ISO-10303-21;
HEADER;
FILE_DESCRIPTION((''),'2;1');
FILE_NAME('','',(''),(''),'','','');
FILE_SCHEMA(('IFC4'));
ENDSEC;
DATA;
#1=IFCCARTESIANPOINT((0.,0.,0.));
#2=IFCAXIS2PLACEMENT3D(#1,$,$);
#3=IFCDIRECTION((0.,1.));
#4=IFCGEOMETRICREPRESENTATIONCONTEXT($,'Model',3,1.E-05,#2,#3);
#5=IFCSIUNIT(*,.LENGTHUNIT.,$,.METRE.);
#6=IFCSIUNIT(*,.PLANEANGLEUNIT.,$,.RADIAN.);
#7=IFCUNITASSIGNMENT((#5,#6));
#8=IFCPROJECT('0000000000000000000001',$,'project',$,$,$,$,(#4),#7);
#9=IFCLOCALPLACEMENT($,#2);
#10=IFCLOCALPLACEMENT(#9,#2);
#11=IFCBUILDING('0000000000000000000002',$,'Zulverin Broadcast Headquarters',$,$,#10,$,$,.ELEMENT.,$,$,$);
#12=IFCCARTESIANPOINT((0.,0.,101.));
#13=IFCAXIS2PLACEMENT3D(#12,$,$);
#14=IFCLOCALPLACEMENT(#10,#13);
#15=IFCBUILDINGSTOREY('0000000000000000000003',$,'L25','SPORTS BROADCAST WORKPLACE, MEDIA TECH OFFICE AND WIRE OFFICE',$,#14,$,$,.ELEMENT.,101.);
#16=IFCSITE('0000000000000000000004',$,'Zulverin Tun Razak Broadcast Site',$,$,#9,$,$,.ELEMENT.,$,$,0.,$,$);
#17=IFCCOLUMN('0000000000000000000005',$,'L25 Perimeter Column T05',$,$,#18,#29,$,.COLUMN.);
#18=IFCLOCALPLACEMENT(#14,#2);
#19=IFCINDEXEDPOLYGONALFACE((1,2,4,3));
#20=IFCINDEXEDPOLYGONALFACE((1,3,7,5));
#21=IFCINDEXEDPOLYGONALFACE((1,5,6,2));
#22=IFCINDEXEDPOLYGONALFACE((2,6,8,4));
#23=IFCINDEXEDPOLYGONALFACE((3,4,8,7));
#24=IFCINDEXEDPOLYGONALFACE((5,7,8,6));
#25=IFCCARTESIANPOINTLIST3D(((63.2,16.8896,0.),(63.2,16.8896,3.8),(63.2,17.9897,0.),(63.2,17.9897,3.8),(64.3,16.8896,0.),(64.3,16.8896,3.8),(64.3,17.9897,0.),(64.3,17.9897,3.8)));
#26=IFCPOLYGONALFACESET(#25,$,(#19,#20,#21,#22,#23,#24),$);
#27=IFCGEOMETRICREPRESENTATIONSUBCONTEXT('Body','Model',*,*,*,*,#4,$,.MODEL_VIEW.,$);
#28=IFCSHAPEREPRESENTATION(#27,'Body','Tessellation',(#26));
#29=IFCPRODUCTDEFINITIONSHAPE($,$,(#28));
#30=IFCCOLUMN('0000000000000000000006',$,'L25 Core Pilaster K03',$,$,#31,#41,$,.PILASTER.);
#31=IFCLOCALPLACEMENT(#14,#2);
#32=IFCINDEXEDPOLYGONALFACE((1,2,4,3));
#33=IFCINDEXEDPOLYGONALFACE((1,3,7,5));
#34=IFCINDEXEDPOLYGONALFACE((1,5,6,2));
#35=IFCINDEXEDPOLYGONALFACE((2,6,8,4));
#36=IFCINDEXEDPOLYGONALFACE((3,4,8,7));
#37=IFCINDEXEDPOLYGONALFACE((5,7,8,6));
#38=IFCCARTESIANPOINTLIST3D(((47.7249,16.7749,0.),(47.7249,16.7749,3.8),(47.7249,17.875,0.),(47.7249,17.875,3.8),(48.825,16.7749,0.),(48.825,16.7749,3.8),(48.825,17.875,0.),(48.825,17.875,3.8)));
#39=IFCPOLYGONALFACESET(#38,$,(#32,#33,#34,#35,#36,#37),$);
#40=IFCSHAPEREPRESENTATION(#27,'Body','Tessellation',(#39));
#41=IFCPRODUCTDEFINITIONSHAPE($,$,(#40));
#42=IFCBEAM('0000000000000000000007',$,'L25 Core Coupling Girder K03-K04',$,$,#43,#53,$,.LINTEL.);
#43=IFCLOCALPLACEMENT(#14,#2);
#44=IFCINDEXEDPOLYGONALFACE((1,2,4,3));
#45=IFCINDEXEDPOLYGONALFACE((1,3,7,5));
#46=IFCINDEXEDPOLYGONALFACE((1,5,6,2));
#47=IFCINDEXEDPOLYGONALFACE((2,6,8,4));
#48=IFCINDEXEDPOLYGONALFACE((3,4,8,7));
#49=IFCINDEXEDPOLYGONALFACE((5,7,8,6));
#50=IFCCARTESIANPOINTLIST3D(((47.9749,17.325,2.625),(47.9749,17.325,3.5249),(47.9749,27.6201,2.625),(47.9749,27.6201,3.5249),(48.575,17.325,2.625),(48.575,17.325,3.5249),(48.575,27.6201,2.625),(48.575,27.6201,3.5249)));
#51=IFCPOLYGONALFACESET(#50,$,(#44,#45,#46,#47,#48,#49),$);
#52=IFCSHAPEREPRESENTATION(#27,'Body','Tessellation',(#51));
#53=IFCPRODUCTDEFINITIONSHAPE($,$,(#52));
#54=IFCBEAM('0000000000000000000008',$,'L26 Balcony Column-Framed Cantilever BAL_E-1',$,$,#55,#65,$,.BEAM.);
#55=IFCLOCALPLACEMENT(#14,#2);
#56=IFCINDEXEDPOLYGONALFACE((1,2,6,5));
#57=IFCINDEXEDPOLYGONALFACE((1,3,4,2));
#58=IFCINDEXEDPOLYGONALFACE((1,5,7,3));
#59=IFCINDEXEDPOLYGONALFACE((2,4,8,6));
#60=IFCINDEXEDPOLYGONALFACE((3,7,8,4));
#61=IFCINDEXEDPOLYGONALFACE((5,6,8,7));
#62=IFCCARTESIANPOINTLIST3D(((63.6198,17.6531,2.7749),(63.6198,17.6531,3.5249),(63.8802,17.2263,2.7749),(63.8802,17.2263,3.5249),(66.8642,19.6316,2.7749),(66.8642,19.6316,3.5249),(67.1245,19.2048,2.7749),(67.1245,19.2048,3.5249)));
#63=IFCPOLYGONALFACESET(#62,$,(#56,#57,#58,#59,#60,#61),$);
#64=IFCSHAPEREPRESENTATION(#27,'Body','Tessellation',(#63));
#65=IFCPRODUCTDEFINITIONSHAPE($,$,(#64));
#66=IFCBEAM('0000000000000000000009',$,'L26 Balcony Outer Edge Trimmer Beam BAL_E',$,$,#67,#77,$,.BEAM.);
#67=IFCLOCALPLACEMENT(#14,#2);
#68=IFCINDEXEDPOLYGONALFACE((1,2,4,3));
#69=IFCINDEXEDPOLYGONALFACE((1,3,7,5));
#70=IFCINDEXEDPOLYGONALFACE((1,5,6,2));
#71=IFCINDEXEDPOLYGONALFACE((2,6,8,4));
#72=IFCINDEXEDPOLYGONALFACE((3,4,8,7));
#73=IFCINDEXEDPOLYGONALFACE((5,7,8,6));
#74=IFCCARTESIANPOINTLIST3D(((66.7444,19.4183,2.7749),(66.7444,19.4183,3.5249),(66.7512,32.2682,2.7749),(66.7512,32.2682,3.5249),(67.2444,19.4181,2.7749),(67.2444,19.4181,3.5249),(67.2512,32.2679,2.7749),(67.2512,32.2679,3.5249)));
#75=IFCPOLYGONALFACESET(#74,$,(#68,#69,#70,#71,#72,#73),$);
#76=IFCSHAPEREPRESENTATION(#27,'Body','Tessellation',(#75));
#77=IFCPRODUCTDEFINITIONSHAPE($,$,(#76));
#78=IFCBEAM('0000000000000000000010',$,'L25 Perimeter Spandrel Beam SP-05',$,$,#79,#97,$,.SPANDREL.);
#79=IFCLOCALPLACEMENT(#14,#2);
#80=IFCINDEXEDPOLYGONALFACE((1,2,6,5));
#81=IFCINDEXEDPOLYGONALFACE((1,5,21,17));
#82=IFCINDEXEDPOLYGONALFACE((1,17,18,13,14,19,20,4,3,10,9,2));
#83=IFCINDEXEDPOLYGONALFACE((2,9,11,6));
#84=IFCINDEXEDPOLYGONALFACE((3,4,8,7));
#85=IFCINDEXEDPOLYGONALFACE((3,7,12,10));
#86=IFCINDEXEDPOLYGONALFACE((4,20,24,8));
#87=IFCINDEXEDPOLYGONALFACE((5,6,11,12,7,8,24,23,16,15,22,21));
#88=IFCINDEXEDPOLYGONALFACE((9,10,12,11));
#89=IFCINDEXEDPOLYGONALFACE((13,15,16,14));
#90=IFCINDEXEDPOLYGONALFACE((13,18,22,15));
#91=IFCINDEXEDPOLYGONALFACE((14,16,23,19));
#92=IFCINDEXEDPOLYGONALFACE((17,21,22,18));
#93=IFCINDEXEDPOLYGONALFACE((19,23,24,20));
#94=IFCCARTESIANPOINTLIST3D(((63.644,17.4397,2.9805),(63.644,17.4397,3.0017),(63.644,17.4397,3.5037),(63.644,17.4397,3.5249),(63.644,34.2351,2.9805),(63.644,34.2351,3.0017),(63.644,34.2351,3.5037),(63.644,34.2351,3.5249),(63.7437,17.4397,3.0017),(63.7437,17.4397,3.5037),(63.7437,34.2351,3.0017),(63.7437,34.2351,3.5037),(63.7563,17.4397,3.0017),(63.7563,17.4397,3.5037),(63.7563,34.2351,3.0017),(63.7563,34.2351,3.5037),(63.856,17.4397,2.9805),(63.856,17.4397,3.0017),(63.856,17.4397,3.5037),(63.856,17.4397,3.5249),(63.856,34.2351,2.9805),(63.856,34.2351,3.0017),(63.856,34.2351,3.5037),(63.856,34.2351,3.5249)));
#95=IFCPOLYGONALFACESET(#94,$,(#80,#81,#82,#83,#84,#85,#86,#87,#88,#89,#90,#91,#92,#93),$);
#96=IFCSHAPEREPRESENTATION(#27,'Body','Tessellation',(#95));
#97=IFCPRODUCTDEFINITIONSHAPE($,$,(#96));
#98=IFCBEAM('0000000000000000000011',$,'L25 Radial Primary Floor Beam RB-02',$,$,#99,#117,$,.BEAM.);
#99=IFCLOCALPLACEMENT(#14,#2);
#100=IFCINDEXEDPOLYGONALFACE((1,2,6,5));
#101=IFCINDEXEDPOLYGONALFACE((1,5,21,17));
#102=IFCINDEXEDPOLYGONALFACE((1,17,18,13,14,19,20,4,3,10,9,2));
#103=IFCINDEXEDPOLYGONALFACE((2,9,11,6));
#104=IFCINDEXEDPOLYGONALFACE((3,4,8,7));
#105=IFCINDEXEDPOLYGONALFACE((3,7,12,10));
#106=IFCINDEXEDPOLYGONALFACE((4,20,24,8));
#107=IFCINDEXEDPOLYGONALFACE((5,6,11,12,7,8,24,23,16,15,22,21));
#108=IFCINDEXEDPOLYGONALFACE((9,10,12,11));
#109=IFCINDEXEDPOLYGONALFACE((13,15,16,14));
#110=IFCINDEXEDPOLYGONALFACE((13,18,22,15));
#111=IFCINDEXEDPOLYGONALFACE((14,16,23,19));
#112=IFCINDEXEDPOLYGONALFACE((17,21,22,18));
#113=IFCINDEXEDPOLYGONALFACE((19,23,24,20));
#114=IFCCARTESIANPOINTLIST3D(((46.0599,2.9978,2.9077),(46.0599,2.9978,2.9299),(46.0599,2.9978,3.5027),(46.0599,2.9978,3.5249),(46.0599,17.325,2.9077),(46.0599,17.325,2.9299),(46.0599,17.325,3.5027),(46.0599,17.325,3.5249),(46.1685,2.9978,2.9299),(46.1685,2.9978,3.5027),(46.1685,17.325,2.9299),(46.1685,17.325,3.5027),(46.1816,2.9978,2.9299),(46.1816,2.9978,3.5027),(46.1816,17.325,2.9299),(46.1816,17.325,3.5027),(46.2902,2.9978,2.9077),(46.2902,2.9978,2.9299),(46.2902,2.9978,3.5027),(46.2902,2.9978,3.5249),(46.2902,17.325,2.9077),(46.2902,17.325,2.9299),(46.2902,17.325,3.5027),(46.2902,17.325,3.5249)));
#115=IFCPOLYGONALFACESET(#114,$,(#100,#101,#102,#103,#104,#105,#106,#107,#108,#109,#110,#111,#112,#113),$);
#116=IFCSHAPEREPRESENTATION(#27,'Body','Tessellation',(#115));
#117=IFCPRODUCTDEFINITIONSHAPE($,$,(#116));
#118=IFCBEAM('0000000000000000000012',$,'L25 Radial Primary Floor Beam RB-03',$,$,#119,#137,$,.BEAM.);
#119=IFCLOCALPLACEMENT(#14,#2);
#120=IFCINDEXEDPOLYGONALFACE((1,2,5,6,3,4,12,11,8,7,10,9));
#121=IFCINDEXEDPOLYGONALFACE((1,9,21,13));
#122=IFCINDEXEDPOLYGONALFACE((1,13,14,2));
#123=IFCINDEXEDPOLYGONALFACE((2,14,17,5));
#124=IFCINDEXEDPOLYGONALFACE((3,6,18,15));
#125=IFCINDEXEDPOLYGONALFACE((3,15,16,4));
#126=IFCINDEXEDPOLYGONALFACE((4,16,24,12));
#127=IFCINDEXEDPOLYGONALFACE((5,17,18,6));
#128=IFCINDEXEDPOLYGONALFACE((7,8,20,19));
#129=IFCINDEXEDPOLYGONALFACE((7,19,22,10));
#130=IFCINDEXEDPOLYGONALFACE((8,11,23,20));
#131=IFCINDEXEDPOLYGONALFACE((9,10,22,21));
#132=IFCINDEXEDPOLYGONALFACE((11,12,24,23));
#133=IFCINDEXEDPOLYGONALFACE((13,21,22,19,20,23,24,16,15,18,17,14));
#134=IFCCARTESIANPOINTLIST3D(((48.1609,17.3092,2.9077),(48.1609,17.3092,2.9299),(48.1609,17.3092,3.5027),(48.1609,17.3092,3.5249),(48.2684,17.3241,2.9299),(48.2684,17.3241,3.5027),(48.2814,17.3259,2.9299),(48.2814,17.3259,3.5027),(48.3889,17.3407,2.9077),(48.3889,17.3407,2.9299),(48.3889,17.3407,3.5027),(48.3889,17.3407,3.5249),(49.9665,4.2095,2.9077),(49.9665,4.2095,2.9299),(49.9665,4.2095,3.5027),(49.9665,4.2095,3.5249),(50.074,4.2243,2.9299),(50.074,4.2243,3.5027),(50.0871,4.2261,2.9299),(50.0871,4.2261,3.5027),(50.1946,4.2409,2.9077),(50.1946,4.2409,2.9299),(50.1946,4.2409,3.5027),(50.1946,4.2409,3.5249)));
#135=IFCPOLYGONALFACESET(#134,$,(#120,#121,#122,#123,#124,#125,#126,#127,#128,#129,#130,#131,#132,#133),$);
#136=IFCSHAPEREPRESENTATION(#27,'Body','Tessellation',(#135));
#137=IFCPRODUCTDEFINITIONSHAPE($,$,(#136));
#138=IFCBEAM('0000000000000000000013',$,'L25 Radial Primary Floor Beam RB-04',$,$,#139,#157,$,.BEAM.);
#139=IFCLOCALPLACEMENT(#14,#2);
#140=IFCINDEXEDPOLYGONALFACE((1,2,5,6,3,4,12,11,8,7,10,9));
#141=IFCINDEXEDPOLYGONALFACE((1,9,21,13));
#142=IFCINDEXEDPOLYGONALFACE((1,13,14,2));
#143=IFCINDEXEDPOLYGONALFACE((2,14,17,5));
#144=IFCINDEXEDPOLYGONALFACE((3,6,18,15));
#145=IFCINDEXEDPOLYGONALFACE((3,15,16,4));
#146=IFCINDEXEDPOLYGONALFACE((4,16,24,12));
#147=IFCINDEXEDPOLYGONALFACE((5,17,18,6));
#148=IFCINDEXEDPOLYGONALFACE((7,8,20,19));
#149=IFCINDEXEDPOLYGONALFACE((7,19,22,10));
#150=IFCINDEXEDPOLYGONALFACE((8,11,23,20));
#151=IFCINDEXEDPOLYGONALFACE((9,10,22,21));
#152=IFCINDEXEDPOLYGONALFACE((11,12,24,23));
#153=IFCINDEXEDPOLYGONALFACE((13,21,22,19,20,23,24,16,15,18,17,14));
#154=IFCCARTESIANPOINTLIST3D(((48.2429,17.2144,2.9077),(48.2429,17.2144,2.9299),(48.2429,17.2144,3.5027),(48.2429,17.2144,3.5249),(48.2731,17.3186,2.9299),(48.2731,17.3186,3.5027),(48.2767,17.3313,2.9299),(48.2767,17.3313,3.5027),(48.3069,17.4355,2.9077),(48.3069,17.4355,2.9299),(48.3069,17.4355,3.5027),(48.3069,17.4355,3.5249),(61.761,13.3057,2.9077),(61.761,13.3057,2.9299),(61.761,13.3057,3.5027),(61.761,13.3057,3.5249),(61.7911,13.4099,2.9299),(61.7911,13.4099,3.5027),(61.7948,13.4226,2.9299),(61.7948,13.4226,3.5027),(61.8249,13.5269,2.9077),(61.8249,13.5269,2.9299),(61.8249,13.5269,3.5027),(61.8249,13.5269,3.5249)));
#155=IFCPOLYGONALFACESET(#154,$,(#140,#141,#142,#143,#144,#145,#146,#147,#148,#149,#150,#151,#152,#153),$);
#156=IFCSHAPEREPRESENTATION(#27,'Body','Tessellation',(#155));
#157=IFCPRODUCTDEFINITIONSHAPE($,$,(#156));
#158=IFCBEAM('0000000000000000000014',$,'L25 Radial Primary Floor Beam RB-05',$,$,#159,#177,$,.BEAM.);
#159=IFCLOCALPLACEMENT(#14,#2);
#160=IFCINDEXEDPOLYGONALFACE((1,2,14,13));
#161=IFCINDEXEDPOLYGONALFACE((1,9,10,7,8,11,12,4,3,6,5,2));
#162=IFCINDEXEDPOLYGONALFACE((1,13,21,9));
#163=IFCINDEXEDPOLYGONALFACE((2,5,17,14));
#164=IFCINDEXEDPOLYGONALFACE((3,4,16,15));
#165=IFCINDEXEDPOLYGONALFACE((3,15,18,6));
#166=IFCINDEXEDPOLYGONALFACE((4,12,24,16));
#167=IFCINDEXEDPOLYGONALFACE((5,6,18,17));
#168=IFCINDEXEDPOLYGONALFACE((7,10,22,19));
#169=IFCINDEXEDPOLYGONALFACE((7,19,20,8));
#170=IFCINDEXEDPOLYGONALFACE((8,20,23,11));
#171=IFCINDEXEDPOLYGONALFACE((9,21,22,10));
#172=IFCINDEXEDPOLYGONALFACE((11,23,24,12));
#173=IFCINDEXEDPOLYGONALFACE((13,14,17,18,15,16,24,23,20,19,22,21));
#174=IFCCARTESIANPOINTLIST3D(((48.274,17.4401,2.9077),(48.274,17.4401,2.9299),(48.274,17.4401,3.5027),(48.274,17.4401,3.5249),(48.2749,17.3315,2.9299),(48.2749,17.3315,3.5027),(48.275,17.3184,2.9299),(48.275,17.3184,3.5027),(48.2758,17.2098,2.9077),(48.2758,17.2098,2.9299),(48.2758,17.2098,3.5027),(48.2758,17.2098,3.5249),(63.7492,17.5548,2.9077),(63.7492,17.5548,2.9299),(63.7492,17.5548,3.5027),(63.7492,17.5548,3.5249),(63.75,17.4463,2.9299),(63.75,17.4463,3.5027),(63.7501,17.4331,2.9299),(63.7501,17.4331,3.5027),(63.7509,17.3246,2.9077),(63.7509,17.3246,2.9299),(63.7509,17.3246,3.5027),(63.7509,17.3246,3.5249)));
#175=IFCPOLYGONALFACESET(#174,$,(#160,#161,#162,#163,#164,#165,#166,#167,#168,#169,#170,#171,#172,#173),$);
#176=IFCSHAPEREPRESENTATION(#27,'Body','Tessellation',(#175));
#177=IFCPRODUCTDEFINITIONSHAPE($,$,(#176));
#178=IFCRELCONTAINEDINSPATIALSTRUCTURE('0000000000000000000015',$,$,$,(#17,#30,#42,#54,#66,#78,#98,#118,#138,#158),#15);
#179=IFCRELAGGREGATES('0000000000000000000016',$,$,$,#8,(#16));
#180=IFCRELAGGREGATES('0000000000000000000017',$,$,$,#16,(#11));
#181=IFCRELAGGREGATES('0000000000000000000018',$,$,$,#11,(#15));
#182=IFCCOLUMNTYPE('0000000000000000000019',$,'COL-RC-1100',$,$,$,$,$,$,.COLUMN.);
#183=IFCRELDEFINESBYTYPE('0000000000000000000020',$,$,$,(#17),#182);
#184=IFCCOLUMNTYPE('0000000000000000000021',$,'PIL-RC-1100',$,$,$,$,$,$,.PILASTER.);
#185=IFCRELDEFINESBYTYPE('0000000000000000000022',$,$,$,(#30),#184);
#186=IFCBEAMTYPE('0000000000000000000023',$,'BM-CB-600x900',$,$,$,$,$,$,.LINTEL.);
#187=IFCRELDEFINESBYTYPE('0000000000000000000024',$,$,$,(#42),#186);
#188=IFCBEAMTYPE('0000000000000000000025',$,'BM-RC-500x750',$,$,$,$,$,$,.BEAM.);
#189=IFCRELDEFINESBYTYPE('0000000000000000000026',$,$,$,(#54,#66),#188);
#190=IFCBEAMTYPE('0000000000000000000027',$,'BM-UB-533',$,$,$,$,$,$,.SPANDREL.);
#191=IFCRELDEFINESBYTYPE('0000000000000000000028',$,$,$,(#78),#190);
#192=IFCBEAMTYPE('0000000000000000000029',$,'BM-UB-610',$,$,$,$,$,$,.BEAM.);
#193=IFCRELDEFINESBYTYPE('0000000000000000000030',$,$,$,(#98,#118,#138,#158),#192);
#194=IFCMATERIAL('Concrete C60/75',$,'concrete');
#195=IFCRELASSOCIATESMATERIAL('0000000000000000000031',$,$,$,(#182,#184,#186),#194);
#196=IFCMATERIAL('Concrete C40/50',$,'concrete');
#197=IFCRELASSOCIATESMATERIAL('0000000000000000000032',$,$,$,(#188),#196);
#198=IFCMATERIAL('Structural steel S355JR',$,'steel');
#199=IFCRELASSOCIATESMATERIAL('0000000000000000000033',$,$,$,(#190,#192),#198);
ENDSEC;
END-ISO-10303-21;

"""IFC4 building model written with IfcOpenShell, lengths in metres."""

from ifc_helpers import new_model, si_unit, direction, frame, origin, origin_2d, place, context, subcontext, project, spatial, rectangle, i_section, extrude, material, material_profile, profile_set, type_object, element, save


model = new_model("IFC4")

# Units and contexts
model_context = context("Model", 3, precision=1e-05, world=origin(), true_north=direction((0.0, 1.0)))
body_context = subcontext(model_context, "Body", "Model", "MODEL_VIEW")
ifc_project = project(units=[si_unit("LENGTHUNIT", "METRE"), si_unit("PLANEANGLEUNIT", "RADIAN")], contexts=[model_context])

# Site, building, storey
site_placement = place(None, origin())
site = spatial("IfcSite", under=ifc_project, at=site_placement, Name="Zulverin Tun Razak Broadcast Site", CompositionType="ELEMENT", RefElevation=0.0)
building_placement = place(site_placement, origin())
building = spatial("IfcBuilding", under=site, at=building_placement, Name="Zulverin Broadcast Headquarters", CompositionType="ELEMENT")
storey_placement = place(building_placement, frame((0.0, 0.0, 101.0)))
storey = spatial("IfcBuildingStorey", under=building, at=storey_placement, Name="L25", Description="SPORTS BROADCAST WORKPLACE, MEDIA TECH OFFICE AND WIRE OFFICE", CompositionType="ELEMENT", Elevation=101.0)

# Columns
ifc_material_1 = material(Name="Concrete C60/75", Category="concrete")
ifc_material_profile_1 = material_profile(ifc_material_1, rectangle(XDim=1.1001, YDim=1.1001, at=origin_2d()), Name="Concrete C60/75", Category="concrete")
ifc_profile_set_1 = profile_set([ifc_material_profile_1], Name="Concrete C60/75")
column_type_1 = type_object("IfcColumnType", Name="COL-RC-1100", PredefinedType="COLUMN", material=ifc_profile_set_1)
column_1_placement = place(storey_placement, frame((63.75, 17.4397, 0.0), z_axis=(0.0, 0.0, 1.0), x_axis=(1.0, 0.0, 0.0)))
element("IfcColumn", 1, at=column_1_placement, inside=storey, type_object=column_type_1, Name="L25 Perimeter Column T05", PredefinedType="COLUMN", context=body_context, shape_type="SweptSolid", body=[
    extrude(rectangle(XDim=1.1001, YDim=1.1001, at=origin_2d()), origin(), (0.0, 0.0, 1.0), 3.8),
])
ifc_material_profile_2 = material_profile(ifc_material_1, rectangle(XDim=1.1001, YDim=1.1001, at=origin_2d()), Name="Concrete C60/75", Category="concrete")
ifc_profile_set_2 = profile_set([ifc_material_profile_2], Name="Concrete C60/75")
column_type_2 = type_object("IfcColumnType", Name="PIL-RC-1100", PredefinedType="PILASTER", material=ifc_profile_set_2)
column_2_placement = place(storey_placement, frame((48.2749, 17.325, 0.0), z_axis=(0.0, 0.0, 1.0), x_axis=(1.0, 0.0, 0.0)))
element("IfcColumn", 2, at=column_2_placement, inside=storey, type_object=column_type_2, Name="L25 Core Pilaster K03", PredefinedType="PILASTER", context=body_context, shape_type="SweptSolid", body=[
    extrude(rectangle(XDim=1.1001, YDim=1.1001, at=origin_2d()), origin(), (0.0, 0.0, 1.0), 3.8),
])

# Beams
ifc_material_profile_3 = material_profile(ifc_material_1, rectangle(XDim=0.6001, YDim=0.8999, at=origin_2d()), Name="Concrete C60/75", Category="concrete")
ifc_profile_set_3 = profile_set([ifc_material_profile_3], Name="Concrete C60/75")
beam_type_1 = type_object("IfcBeamType", Name="BM-CB-600x900", PredefinedType="LINTEL", material=ifc_profile_set_3)
beam_1_placement = place(storey_placement, frame((48.2749, 17.325, 3.075), z_axis=(0.0, 1.0, 0.0), x_axis=(-1.0, 0.0, 0.0)))
element("IfcBeam", 3, at=beam_1_placement, inside=storey, type_object=beam_type_1, Name="L25 Core Coupling Girder K03-K04", PredefinedType="LINTEL", context=body_context, shape_type="SweptSolid", body=[
    extrude(rectangle(XDim=0.6001, YDim=0.8999, at=origin_2d()), origin(), (0.0, 0.0, 1.0), 10.2952),
])
ifc_material_2 = material(Name="Concrete C40/50", Category="concrete")
ifc_material_profile_4 = material_profile(ifc_material_2, rectangle(XDim=0.5, YDim=0.75, at=origin_2d()), Name="Concrete C40/50", Category="concrete")
ifc_profile_set_4 = profile_set([ifc_material_profile_4], Name="Concrete C40/50")
beam_type_2 = type_object("IfcBeamType", Name="BM-RC-500x750", PredefinedType="BEAM", material=ifc_profile_set_4)
beam_2_placement = place(storey_placement, frame((63.75, 17.4397, 3.1499), z_axis=(0.853769, 0.520652, 0.0), x_axis=(-0.520652, 0.853769, 0.0)))
element("IfcBeam", 4, at=beam_2_placement, inside=storey, type_object=beam_type_2, Name="L26 Balcony Column-Framed Cantilever BAL_E-1", PredefinedType="BEAM", context=body_context, shape_type="SweptSolid", body=[
    extrude(rectangle(XDim=0.5, YDim=0.75, at=origin_2d()), origin(), (0.0, 0.0, 1.0), 3.8),
])
beam_3_placement = place(storey_placement, frame((66.9944, 19.4182, 3.1499), z_axis=(0.000532, 1.0, 0.0), x_axis=(-1.0, 0.000532, 0.0)))
element("IfcBeam", 5, at=beam_3_placement, inside=storey, type_object=beam_type_2, Name="L26 Balcony Outer Edge Trimmer Beam BAL_E", PredefinedType="BEAM", context=body_context, shape_type="SweptSolid", body=[
    extrude(rectangle(XDim=0.5, YDim=0.75, at=origin_2d()), origin(), (0.0, 0.0, 1.0), 12.8499),
])
ifc_material_3 = material(Name="Structural steel S355JR", Category="steel")
ifc_material_profile_5 = material_profile(ifc_material_3, i_section(OverallWidth=0.2119, OverallDepth=0.5444, WebThickness=0.0127, FlangeThickness=0.0212, at=origin_2d()), Name="Structural steel S355JR", Category="steel")
ifc_profile_set_5 = profile_set([ifc_material_profile_5], Name="Structural steel S355JR")
beam_type_3 = type_object("IfcBeamType", Name="BM-UB-533", PredefinedType="SPANDREL", material=ifc_profile_set_5)
beam_4_placement = place(storey_placement, frame((63.75, 17.4397, 3.2527), z_axis=(0.0, 1.0, 0.0), x_axis=(-1.0, 0.0, 0.0)))
element("IfcBeam", 6, at=beam_4_placement, inside=storey, type_object=beam_type_3, Name="L25 Perimeter Spandrel Beam SP-05", PredefinedType="SPANDREL", context=body_context, shape_type="SweptSolid", body=[
    extrude(i_section(OverallWidth=0.2119, OverallDepth=0.5444, WebThickness=0.0127, FlangeThickness=0.0212, at=origin_2d()), origin(), (0.0, 0.0, 1.0), 16.7954),
])
ifc_material_profile_6 = material_profile(ifc_material_3, i_section(OverallWidth=0.2302, OverallDepth=0.6172, WebThickness=0.0132, FlangeThickness=0.0222, at=origin_2d()), Name="Structural steel S355JR", Category="steel")
ifc_profile_set_6 = profile_set([ifc_material_profile_6], Name="Structural steel S355JR")
beam_type_4 = type_object("IfcBeamType", Name="BM-UB-610", PredefinedType="BEAM", material=ifc_profile_set_6)
beam_5_placement = place(storey_placement, frame((46.175, 17.325, 3.2163), z_axis=(0.0, -1.0, 0.0), x_axis=(1.0, 0.0, 0.0)))
element("IfcBeam", 7, at=beam_5_placement, inside=storey, type_object=beam_type_4, Name="L25 Radial Primary Floor Beam RB-02", PredefinedType="BEAM", context=body_context, shape_type="SweptSolid", body=[
    extrude(i_section(OverallWidth=0.2302, OverallDepth=0.6172, WebThickness=0.0132, FlangeThickness=0.0222, at=origin_2d()), origin(), (0.0, 0.0, 1.0), 14.3271),
])
beam_6_placement = place(storey_placement, frame((48.2749, 17.325, 3.2163), z_axis=(0.136547, -0.990634, 0.0), x_axis=(0.990634, 0.136547, 0.0)))
element("IfcBeam", 8, at=beam_6_placement, inside=storey, type_object=beam_type_4, Name="L25 Radial Primary Floor Beam RB-03", PredefinedType="BEAM", context=body_context, shape_type="SweptSolid", body=[
    extrude(i_section(OverallWidth=0.2302, OverallDepth=0.6172, WebThickness=0.0132, FlangeThickness=0.0222, at=origin_2d()), origin(), (0.0, 0.0, 1.0), 13.2236),
])
beam_7_placement = place(storey_placement, frame((48.2749, 17.325, 3.2163), z_axis=(0.960648, -0.277767, 0.0), x_axis=(0.277767, 0.960648, 0.0)))
element("IfcBeam", 9, at=beam_7_placement, inside=storey, type_object=beam_type_4, Name="L25 Radial Primary Floor Beam RB-04", PredefinedType="BEAM", context=body_context, shape_type="SweptSolid", body=[
    extrude(i_section(OverallWidth=0.2302, OverallDepth=0.6172, WebThickness=0.0132, FlangeThickness=0.0222, at=origin_2d()), origin(), (0.0, 0.0, 1.0), 14.0718),
])
beam_8_placement = place(storey_placement, frame((48.2749, 17.325, 3.2163), z_axis=(0.999973, 0.007415, 0.0), x_axis=(-0.007415, 0.999973, 0.0)))
element("IfcBeam", 10, at=beam_8_placement, inside=storey, type_object=beam_type_4, Name="L25 Radial Primary Floor Beam RB-05", PredefinedType="BEAM", context=body_context, shape_type="SweptSolid", body=[
    extrude(i_section(OverallWidth=0.2302, OverallDepth=0.6172, WebThickness=0.0132, FlangeThickness=0.0222, at=origin_2d()), origin(), (0.0, 0.0, 1.0), 15.4756),
])

save(model, "model.ifc")
